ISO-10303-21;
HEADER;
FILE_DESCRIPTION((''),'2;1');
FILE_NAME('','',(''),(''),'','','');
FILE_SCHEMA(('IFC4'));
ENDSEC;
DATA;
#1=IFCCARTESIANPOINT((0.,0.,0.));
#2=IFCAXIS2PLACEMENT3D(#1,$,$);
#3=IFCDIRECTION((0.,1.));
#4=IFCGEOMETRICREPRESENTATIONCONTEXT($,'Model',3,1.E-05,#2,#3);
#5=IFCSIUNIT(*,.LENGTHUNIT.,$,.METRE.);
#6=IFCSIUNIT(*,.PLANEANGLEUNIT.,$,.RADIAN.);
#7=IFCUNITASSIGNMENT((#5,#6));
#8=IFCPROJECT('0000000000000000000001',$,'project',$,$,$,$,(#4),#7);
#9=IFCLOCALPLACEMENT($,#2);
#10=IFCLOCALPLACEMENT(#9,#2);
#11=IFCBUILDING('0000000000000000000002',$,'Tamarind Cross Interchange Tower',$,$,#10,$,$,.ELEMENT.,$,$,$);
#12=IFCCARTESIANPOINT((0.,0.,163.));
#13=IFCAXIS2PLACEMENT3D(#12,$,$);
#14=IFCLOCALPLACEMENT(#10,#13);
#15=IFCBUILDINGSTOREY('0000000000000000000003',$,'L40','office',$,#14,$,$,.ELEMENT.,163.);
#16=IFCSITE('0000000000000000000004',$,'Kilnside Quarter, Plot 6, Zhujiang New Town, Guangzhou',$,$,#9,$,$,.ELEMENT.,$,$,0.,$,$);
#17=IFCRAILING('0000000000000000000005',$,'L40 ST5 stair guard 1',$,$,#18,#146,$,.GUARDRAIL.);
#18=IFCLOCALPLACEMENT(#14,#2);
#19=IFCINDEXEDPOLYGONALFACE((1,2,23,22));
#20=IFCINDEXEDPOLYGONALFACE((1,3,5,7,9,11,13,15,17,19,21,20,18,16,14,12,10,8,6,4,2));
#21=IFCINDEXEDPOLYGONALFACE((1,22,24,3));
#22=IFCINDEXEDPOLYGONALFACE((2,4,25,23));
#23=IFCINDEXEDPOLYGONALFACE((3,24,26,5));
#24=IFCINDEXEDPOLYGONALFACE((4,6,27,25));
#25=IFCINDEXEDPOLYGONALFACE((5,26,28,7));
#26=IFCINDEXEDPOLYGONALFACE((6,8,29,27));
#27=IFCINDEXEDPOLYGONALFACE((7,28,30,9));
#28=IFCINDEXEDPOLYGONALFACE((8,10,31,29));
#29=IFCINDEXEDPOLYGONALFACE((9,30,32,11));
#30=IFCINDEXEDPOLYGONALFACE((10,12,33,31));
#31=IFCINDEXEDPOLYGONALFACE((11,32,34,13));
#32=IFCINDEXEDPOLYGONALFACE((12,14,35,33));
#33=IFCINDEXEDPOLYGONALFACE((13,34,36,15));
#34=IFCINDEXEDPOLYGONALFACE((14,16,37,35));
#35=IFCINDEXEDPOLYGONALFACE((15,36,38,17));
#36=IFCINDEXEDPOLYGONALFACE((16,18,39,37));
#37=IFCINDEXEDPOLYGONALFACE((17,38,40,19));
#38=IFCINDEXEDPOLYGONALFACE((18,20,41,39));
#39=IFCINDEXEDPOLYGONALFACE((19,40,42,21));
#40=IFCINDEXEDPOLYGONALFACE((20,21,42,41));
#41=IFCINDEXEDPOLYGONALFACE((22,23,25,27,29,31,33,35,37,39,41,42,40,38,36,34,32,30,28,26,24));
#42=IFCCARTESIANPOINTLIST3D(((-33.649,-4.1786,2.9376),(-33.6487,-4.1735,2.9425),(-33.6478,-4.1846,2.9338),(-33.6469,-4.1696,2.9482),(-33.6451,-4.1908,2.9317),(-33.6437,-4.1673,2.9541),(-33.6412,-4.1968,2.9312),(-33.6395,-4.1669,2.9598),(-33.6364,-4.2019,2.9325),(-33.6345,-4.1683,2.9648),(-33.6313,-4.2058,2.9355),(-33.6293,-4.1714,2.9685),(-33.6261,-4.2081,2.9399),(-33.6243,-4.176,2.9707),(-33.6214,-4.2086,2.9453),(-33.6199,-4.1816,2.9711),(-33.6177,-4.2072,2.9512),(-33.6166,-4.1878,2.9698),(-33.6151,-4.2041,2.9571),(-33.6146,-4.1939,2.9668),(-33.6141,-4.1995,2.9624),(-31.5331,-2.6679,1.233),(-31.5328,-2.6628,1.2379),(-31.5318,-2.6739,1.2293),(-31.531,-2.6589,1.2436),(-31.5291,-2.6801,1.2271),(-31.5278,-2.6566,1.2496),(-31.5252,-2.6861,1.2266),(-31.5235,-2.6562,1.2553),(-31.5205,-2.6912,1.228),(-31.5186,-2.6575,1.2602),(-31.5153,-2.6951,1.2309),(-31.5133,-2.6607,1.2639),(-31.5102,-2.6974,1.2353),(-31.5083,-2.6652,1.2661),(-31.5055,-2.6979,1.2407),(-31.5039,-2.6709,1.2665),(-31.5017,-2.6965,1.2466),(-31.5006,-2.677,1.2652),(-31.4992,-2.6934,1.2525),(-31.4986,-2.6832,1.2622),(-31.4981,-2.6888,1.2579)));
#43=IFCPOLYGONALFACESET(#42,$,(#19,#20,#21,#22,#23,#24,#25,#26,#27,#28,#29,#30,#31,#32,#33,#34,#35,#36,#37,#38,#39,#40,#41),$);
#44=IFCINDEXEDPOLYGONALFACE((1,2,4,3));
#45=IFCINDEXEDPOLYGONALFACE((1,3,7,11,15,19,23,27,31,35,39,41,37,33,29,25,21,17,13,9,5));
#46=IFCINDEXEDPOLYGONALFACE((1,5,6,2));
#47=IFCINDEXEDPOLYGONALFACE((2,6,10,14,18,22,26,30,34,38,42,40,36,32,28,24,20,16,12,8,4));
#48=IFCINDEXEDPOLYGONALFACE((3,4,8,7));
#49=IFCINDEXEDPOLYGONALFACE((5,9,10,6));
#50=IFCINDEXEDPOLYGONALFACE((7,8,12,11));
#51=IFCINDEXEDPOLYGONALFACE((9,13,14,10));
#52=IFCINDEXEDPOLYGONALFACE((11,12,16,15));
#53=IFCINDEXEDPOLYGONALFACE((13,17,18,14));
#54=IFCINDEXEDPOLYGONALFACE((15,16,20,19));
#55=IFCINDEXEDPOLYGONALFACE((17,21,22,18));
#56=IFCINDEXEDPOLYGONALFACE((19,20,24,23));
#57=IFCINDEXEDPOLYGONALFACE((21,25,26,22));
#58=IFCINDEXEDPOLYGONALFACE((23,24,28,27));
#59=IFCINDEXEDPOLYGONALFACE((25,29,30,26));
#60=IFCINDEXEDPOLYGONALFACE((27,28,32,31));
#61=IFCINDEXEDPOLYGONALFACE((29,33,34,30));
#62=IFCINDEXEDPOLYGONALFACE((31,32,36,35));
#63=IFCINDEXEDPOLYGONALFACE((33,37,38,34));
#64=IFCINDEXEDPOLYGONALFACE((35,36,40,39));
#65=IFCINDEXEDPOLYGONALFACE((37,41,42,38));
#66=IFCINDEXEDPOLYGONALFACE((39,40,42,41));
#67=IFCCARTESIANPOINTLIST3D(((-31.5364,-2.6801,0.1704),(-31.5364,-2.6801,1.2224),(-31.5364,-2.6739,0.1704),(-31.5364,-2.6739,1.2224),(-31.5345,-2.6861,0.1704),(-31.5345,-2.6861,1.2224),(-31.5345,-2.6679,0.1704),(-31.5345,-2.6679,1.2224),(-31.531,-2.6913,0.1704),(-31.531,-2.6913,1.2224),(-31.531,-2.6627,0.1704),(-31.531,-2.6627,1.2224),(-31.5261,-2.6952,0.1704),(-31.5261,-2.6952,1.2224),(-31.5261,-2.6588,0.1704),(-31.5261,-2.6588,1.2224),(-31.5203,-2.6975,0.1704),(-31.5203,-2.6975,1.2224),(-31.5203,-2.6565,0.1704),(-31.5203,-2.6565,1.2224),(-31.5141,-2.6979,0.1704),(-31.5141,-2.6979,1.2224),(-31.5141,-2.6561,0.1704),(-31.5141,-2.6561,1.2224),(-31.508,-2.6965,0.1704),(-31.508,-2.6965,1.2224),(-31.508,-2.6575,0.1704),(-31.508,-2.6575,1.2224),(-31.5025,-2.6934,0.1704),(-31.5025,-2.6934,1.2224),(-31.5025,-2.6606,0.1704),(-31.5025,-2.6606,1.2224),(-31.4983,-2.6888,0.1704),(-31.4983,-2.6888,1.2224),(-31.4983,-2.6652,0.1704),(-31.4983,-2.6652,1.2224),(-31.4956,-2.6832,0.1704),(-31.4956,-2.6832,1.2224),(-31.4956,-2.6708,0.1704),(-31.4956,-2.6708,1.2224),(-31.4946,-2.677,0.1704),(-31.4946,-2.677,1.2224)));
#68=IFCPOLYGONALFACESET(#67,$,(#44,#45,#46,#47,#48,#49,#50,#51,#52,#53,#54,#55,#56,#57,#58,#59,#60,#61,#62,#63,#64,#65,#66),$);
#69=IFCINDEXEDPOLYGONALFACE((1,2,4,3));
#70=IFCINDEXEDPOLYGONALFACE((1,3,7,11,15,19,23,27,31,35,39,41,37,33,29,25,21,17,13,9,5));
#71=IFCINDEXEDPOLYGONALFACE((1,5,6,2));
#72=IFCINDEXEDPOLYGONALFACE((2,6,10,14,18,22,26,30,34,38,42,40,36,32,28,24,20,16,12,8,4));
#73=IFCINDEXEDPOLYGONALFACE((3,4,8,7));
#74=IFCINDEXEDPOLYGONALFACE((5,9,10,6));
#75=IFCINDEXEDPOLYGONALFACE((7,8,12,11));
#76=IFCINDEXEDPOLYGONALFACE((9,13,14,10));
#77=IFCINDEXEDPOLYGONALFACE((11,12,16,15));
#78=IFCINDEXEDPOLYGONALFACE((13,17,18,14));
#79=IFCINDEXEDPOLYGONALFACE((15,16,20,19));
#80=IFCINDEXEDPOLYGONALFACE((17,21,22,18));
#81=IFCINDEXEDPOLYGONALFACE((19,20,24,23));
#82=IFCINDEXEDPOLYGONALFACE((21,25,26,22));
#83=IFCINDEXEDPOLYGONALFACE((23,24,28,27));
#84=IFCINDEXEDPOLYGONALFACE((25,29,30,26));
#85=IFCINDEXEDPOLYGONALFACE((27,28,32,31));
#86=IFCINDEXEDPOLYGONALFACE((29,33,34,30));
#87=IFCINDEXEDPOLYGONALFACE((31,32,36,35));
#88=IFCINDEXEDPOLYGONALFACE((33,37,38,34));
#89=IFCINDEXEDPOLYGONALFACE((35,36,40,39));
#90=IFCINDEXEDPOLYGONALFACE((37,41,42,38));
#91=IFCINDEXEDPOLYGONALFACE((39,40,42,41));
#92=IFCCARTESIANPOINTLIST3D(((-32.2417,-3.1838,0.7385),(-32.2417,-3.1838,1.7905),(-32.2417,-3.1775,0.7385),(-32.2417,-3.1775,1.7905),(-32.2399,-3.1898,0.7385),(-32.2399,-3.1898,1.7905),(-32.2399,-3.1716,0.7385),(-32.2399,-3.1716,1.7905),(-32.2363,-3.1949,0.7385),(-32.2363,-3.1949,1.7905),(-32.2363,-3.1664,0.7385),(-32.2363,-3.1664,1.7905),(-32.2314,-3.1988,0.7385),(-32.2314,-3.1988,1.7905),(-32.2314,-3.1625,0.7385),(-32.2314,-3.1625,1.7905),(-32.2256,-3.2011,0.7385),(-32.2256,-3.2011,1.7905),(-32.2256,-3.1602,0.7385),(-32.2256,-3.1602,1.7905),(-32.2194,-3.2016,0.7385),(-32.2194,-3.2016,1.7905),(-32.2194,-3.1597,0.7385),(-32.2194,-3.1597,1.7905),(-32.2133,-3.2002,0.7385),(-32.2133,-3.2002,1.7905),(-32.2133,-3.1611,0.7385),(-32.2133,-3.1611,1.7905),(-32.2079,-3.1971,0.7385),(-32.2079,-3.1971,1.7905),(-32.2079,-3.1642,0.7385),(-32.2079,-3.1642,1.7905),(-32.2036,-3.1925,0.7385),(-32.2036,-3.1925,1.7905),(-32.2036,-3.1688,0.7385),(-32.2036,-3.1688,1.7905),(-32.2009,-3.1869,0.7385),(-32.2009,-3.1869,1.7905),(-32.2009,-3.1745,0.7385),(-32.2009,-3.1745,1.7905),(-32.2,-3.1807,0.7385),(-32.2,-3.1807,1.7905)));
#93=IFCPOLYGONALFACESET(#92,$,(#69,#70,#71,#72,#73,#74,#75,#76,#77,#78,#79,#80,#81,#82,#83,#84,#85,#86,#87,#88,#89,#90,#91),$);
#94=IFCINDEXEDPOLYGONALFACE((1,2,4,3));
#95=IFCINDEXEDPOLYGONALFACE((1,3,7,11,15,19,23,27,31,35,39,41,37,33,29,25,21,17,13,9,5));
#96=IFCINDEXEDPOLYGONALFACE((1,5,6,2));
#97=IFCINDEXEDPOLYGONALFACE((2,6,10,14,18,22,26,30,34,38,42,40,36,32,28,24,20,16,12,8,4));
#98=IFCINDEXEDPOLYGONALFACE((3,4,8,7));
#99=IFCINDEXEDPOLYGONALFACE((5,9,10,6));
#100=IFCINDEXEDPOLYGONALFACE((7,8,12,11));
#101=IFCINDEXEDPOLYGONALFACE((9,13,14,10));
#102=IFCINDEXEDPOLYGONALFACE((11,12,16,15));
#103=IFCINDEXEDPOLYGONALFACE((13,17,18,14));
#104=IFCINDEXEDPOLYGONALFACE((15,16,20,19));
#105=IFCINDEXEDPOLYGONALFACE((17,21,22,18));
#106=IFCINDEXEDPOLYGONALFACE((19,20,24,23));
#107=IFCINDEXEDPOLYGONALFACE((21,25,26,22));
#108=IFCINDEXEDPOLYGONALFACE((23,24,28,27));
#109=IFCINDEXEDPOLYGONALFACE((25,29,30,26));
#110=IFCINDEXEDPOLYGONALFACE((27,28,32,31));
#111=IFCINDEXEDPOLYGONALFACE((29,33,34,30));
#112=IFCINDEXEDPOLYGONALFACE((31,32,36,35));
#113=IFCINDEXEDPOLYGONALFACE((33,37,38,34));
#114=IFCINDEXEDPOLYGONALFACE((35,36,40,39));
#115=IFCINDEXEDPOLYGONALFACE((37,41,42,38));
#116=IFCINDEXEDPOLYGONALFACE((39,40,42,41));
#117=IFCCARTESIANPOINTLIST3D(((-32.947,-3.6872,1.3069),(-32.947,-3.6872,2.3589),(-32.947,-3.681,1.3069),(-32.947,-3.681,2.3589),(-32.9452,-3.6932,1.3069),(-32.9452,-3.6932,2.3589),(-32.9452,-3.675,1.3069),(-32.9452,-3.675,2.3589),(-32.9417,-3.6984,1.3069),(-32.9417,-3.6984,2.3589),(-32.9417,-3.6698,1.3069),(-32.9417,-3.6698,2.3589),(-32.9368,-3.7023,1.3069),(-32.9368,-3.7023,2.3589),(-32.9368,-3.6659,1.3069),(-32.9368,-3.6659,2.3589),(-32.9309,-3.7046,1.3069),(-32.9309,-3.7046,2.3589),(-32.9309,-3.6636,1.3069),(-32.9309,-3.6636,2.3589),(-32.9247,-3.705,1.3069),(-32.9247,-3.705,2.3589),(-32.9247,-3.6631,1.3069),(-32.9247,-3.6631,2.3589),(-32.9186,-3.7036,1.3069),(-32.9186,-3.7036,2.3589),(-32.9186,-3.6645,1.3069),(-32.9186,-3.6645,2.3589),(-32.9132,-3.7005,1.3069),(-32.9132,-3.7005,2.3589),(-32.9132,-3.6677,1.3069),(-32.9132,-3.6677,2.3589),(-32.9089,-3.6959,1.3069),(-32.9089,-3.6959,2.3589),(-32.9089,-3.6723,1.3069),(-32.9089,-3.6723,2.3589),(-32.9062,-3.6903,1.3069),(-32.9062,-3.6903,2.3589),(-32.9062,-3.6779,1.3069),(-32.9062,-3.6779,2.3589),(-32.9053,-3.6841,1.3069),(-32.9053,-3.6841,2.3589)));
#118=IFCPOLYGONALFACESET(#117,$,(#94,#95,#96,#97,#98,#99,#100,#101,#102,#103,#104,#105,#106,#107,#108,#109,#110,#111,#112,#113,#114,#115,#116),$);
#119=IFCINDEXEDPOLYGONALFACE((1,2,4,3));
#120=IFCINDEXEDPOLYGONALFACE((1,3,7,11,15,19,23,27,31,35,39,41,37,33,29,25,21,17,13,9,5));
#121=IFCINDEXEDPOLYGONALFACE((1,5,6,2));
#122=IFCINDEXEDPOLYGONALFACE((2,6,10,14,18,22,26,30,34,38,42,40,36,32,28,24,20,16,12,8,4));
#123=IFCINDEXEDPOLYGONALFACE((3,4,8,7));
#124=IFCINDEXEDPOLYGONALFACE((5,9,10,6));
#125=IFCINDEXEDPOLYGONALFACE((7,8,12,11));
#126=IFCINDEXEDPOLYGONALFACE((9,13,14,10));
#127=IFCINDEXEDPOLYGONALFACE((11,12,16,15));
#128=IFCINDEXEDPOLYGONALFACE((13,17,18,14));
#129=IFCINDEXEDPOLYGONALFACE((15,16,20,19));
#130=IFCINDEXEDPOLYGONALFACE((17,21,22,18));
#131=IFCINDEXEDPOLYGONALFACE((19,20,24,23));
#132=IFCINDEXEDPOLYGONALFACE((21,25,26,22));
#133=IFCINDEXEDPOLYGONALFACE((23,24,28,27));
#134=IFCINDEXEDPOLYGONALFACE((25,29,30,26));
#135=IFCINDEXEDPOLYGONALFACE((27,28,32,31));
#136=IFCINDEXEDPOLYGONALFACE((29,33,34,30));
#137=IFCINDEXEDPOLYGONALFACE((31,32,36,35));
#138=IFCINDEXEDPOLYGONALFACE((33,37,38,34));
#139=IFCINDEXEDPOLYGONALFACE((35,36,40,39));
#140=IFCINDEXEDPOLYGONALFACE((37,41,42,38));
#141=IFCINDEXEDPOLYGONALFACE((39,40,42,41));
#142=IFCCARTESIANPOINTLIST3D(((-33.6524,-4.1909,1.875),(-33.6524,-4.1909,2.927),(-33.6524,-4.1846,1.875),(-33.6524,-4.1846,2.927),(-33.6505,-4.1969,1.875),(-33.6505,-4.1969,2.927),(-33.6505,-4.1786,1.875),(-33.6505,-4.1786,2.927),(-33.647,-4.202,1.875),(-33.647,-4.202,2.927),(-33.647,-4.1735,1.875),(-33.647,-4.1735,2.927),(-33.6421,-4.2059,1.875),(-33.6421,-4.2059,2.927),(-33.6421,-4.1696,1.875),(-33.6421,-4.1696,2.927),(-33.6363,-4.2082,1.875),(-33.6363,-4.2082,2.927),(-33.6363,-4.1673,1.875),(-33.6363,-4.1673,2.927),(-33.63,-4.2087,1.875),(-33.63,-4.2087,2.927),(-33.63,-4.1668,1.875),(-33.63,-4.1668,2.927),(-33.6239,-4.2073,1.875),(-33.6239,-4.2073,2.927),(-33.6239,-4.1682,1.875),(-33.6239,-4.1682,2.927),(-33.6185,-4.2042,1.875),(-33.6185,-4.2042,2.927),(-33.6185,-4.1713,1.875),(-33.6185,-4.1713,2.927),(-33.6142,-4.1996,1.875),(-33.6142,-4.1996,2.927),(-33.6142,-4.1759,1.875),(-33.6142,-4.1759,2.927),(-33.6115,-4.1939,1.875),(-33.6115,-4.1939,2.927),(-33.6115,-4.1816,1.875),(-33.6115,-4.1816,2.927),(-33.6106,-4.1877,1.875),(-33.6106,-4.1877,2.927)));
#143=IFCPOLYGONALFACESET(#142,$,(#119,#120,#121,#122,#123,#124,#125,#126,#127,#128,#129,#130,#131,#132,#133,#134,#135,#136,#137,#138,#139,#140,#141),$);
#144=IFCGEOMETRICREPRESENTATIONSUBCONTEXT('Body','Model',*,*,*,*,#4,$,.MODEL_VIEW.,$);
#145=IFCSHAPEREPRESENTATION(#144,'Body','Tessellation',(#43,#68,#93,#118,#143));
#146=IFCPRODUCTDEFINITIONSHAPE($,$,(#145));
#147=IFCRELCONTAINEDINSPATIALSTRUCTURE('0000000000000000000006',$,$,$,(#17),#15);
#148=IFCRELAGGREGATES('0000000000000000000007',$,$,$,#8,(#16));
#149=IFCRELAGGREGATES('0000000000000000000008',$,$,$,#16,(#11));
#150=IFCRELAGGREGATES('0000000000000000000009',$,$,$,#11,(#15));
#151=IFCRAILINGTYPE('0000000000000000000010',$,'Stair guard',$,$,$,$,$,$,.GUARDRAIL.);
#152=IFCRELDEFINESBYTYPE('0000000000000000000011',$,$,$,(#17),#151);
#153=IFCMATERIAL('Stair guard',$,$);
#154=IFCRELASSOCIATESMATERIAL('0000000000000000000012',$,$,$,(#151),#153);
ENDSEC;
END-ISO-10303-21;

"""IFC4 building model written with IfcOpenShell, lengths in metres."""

from ifc_helpers import new_model, si_unit, direction, frame, origin, origin_2d, place, context, subcontext, project, spatial, circle, extrude, material, type_object, element, save


model = new_model("IFC4")

# Units and contexts
model_context = context("Model", 3, precision=1e-05, world=origin(), true_north=direction((0.0, 1.0)))
body_context = subcontext(model_context, "Body", "Model", "MODEL_VIEW")
ifc_project = project(units=[si_unit("LENGTHUNIT", "METRE"), si_unit("PLANEANGLEUNIT", "RADIAN")], contexts=[model_context])

# Site, building, storey
site_placement = place(None, origin())
site = spatial("IfcSite", under=ifc_project, at=site_placement, Name="Kilnside Quarter, Plot 6, Zhujiang New Town, Guangzhou", CompositionType="ELEMENT", RefElevation=0.0)
building_placement = place(site_placement, origin())
building = spatial("IfcBuilding", under=site, at=building_placement, Name="Tamarind Cross Interchange Tower", CompositionType="ELEMENT")
storey_placement = place(building_placement, frame((0.0, 0.0, 163.0)))
storey = spatial("IfcBuildingStorey", under=building, at=storey_placement, Name="L40", Description="office", CompositionType="ELEMENT", Elevation=163.0)

# Railing
ifc_material_1 = material(Name="Stair guard")
railing_type = type_object("IfcRailingType", Name="Stair guard", PredefinedType="GUARDRAIL", material=ifc_material_1)
railing_1_placement = place(storey_placement, frame((-31.5156, -2.677, 0.1704)))
element("IfcRailing", 1, at=railing_1_placement, inside=storey, type_object=railing_type, Name="L40 ST5 stair guard 1", PredefinedType="GUARDRAIL", context=body_context, shape_type="SweptSolid", body=[
    extrude(circle(Radius=0.0239, at=origin_2d()), frame((0.0, 0.0, 1.0762), z_axis=(-0.680615, -0.48594, 0.548293), x_axis=(0.581069, -0.813854, 0.0)), (0.0, 0.0, 1.0), 3.1089),
    extrude(circle(Radius=0.021, at=origin_2d()), origin(), (0.0, 0.0, 1.0), 1.052),
    extrude(circle(Radius=0.021, at=origin_2d()), frame((-0.7053, -0.5037, 0.5681)), (0.0, 0.0, 1.0), 1.052),
    extrude(circle(Radius=0.021, at=origin_2d()), frame((-1.4106, -1.0071, 1.1365)), (0.0, 0.0, 1.0), 1.052),
    extrude(circle(Radius=0.021, at=origin_2d()), frame((-2.116, -1.5107, 1.7046)), (0.0, 0.0, 1.0), 1.052),
])

save(model, "model.ifc")
